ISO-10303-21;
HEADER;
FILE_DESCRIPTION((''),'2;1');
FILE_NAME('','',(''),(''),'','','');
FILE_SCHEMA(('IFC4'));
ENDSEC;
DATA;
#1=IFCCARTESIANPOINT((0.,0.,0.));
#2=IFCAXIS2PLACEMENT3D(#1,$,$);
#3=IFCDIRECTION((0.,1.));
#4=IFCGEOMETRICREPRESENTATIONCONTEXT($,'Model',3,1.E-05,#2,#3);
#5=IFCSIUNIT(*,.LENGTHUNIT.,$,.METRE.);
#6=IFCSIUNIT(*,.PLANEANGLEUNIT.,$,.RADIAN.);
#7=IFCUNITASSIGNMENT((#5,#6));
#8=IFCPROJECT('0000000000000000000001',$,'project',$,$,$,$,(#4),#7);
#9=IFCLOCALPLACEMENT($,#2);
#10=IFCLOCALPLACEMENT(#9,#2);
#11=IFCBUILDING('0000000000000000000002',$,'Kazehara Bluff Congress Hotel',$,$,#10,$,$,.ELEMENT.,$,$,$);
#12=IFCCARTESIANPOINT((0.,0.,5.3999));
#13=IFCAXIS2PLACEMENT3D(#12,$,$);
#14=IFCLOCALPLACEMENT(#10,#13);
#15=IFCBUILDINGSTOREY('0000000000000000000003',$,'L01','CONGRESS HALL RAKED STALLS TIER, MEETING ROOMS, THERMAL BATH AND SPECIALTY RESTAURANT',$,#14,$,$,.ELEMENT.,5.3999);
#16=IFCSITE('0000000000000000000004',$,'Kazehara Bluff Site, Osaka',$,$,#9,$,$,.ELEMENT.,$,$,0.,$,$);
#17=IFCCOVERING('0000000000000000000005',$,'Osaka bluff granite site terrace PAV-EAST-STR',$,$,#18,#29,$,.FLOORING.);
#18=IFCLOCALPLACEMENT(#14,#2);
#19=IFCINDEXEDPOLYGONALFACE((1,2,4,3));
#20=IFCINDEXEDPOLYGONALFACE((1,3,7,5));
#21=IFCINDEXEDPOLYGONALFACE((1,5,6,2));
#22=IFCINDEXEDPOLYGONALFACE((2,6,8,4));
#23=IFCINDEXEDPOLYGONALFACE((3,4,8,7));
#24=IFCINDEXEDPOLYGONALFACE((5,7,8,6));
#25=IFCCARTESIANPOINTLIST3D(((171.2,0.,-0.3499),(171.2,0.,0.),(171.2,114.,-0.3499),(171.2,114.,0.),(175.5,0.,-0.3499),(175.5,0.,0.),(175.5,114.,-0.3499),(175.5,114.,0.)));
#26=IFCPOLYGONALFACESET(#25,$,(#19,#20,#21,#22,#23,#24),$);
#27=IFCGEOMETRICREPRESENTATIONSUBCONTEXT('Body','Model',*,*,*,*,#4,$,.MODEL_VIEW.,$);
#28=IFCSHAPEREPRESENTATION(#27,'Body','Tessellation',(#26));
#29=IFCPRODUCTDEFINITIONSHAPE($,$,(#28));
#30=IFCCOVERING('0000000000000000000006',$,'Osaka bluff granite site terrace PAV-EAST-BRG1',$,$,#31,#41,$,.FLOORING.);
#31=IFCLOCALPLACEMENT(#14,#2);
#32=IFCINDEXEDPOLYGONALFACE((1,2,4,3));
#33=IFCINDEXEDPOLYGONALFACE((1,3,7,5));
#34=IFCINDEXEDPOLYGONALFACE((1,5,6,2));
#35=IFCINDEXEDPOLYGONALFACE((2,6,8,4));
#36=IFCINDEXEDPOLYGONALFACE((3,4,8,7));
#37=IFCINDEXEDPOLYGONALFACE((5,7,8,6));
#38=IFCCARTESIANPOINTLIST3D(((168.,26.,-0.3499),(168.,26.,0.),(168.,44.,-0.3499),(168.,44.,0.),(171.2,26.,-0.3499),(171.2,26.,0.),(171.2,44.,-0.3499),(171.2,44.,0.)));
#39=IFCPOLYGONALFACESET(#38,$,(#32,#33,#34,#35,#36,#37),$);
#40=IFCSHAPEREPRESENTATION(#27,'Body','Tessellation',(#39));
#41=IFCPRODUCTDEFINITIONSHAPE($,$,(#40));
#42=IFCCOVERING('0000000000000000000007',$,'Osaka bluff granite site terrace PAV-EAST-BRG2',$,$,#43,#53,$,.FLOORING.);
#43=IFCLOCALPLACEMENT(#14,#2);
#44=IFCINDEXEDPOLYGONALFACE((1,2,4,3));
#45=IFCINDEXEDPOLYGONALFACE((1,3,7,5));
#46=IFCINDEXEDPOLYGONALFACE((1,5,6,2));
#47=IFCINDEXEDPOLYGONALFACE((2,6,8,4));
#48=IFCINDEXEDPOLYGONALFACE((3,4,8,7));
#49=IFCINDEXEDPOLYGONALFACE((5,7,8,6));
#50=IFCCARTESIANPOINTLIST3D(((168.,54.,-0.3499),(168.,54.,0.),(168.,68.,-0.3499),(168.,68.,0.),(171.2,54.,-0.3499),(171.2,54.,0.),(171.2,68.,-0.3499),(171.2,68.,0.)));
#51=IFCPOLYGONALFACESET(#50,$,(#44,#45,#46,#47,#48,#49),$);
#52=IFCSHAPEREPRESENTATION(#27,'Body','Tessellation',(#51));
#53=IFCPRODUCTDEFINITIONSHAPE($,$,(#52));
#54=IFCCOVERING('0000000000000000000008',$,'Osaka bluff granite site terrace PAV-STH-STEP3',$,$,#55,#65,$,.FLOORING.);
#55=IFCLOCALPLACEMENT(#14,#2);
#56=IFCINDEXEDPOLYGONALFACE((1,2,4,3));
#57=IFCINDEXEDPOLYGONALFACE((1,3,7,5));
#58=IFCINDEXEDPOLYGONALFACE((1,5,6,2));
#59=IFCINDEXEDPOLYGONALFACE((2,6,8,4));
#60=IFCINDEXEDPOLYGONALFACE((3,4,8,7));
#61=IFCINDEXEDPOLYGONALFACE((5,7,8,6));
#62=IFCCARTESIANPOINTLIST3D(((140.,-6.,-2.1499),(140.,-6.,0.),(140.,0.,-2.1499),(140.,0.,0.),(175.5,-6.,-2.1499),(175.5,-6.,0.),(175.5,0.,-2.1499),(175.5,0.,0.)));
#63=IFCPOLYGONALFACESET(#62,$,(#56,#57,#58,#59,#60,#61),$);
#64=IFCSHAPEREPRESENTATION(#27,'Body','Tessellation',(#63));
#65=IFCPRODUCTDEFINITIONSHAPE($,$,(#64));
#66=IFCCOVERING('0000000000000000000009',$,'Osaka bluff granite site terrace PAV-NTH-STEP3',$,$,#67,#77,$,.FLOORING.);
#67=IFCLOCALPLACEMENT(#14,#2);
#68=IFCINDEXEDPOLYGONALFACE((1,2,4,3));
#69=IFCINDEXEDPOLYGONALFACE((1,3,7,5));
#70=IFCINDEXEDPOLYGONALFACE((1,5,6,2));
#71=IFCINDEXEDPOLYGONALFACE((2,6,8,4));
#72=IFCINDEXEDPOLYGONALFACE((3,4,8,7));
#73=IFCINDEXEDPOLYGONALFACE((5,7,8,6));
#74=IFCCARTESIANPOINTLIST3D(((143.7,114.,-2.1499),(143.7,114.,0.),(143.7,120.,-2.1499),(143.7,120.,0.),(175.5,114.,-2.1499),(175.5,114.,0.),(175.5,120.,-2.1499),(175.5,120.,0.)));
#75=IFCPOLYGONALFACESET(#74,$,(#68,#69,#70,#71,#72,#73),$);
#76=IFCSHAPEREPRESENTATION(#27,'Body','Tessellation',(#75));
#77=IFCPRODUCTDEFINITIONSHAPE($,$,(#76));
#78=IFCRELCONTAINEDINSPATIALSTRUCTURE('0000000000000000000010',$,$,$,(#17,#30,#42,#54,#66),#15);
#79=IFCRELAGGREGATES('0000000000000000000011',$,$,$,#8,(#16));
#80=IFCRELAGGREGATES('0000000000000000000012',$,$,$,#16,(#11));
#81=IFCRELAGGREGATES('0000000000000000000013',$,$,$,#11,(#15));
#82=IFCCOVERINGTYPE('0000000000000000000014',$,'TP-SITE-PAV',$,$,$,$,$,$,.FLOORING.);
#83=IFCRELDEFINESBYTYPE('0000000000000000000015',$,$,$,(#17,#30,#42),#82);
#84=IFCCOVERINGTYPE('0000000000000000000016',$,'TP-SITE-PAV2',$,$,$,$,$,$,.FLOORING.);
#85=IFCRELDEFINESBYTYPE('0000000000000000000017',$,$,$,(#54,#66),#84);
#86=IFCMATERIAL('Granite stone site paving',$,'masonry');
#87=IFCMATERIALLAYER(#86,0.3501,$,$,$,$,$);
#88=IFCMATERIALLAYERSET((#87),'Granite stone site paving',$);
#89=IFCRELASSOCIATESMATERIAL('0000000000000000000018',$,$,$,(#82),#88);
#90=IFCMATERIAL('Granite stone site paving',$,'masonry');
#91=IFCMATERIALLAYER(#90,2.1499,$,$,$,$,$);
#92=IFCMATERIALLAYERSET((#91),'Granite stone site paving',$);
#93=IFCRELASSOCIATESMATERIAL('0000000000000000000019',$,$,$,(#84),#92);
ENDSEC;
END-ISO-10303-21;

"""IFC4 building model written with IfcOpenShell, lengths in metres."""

from ifc_helpers import new_model, si_unit, direction, frame, origin, place, context, subcontext, project, spatial, polyline, outline, extrude, material, layer, layer_set, type_object, element, save


model = new_model("IFC4")

# Units and contexts
model_context = context("Model", 3, precision=1e-05, world=origin(), true_north=direction((0.0, 1.0)))
body_context = subcontext(model_context, "Body", "Model", "MODEL_VIEW")
ifc_project = project(units=[si_unit("LENGTHUNIT", "METRE"), si_unit("PLANEANGLEUNIT", "RADIAN")], contexts=[model_context])

# Site, building, storey
site_placement = place(None, origin())
site = spatial("IfcSite", under=ifc_project, at=site_placement, Name="Kazehara Bluff Site, Osaka", CompositionType="ELEMENT", RefElevation=0.0)
building_placement = place(site_placement, origin())
building = spatial("IfcBuilding", under=site, at=building_placement, Name="Kazehara Bluff Congress Hotel", CompositionType="ELEMENT")
storey_placement = place(building_placement, frame((0.0, 0.0, 5.3999)))
storey = spatial("IfcBuildingStorey", under=building, at=storey_placement, Name="L01", Description="CONGRESS HALL RAKED STALLS TIER, MEETING ROOMS, THERMAL BATH AND SPECIALTY RESTAURANT", CompositionType="ELEMENT", Elevation=5.3999)

# Coverings
ifc_material_1 = material(Name="Granite stone site paving", Category="masonry")
ifc_layer_1 = layer(ifc_material_1, 0.3501)
ifc_layer_set_1 = layer_set([ifc_layer_1], Name="Granite stone site paving")
covering_type_1 = type_object("IfcCoveringType", Name="TP-SITE-PAV", PredefinedType="FLOORING", material=ifc_layer_set_1)
covering_1_placement = place(storey_placement, frame((0.0, 0.0, -0.3499)))
element("IfcCovering", 1, at=covering_1_placement, inside=storey, type_object=covering_type_1, Name="Osaka bluff granite site terrace PAV-EAST-STR", PredefinedType="FLOORING", context=body_context, shape_type="SweptSolid", body=[
    extrude(outline(polyline([(171.2, 0.0), (175.5, 0.0), (175.5, 114.0), (171.2, 114.0), (171.2, 0.0)])), origin(), (0.0, 0.0, 1.0), 0.3499),
])
covering_2_placement = place(storey_placement, frame((0.0, 0.0, -0.3499)))
element("IfcCovering", 2, at=covering_2_placement, inside=storey, type_object=covering_type_1, Name="Osaka bluff granite site terrace PAV-EAST-BRG1", PredefinedType="FLOORING", context=body_context, shape_type="SweptSolid", body=[
    extrude(outline(polyline([(168.0, 26.0), (171.2, 26.0), (171.2, 44.0), (168.0, 44.0), (168.0, 26.0)])), origin(), (0.0, 0.0, 1.0), 0.3499),
])
covering_3_placement = place(storey_placement, frame((0.0, 0.0, -0.3499)))
element("IfcCovering", 3, at=covering_3_placement, inside=storey, type_object=covering_type_1, Name="Osaka bluff granite site terrace PAV-EAST-BRG2", PredefinedType="FLOORING", context=body_context, shape_type="SweptSolid", body=[
    extrude(outline(polyline([(168.0, 54.0), (171.2, 54.0), (171.2, 68.0), (168.0, 68.0), (168.0, 54.0)])), origin(), (0.0, 0.0, 1.0), 0.3499),
])
ifc_material_2 = material(Name="Granite stone site paving", Category="masonry")
ifc_layer_2 = layer(ifc_material_2, 2.1499)
ifc_layer_set_2 = layer_set([ifc_layer_2], Name="Granite stone site paving")
covering_type_2 = type_object("IfcCoveringType", Name="TP-SITE-PAV2", PredefinedType="FLOORING", material=ifc_layer_set_2)
covering_4_placement = place(storey_placement, frame((0.0, 0.0, -2.1499)))
element("IfcCovering", 4, at=covering_4_placement, inside=storey, type_object=covering_type_2, Name="Osaka bluff granite site terrace PAV-STH-STEP3", PredefinedType="FLOORING", context=body_context, shape_type="SweptSolid", body=[
    extrude(outline(polyline([(140.0, -6.0), (175.5, -6.0), (175.5, 0.0), (140.0, 0.0), (140.0, -6.0)])), origin(), (0.0, 0.0, 1.0), 2.1499),
])
covering_5_placement = place(storey_placement, frame((0.0, 0.0, -2.1499)))
element("IfcCovering", 5, at=covering_5_placement, inside=storey, type_object=covering_type_2, Name="Osaka bluff granite site terrace PAV-NTH-STEP3", PredefinedType="FLOORING", context=body_context, shape_type="SweptSolid", body=[
    extrude(outline(polyline([(143.7, 114.0), (175.5, 114.0), (175.5, 120.0), (143.7, 120.0), (143.7, 114.0)])), origin(), (0.0, 0.0, 1.0), 2.1499),
])

save(model, "model.ifc")
